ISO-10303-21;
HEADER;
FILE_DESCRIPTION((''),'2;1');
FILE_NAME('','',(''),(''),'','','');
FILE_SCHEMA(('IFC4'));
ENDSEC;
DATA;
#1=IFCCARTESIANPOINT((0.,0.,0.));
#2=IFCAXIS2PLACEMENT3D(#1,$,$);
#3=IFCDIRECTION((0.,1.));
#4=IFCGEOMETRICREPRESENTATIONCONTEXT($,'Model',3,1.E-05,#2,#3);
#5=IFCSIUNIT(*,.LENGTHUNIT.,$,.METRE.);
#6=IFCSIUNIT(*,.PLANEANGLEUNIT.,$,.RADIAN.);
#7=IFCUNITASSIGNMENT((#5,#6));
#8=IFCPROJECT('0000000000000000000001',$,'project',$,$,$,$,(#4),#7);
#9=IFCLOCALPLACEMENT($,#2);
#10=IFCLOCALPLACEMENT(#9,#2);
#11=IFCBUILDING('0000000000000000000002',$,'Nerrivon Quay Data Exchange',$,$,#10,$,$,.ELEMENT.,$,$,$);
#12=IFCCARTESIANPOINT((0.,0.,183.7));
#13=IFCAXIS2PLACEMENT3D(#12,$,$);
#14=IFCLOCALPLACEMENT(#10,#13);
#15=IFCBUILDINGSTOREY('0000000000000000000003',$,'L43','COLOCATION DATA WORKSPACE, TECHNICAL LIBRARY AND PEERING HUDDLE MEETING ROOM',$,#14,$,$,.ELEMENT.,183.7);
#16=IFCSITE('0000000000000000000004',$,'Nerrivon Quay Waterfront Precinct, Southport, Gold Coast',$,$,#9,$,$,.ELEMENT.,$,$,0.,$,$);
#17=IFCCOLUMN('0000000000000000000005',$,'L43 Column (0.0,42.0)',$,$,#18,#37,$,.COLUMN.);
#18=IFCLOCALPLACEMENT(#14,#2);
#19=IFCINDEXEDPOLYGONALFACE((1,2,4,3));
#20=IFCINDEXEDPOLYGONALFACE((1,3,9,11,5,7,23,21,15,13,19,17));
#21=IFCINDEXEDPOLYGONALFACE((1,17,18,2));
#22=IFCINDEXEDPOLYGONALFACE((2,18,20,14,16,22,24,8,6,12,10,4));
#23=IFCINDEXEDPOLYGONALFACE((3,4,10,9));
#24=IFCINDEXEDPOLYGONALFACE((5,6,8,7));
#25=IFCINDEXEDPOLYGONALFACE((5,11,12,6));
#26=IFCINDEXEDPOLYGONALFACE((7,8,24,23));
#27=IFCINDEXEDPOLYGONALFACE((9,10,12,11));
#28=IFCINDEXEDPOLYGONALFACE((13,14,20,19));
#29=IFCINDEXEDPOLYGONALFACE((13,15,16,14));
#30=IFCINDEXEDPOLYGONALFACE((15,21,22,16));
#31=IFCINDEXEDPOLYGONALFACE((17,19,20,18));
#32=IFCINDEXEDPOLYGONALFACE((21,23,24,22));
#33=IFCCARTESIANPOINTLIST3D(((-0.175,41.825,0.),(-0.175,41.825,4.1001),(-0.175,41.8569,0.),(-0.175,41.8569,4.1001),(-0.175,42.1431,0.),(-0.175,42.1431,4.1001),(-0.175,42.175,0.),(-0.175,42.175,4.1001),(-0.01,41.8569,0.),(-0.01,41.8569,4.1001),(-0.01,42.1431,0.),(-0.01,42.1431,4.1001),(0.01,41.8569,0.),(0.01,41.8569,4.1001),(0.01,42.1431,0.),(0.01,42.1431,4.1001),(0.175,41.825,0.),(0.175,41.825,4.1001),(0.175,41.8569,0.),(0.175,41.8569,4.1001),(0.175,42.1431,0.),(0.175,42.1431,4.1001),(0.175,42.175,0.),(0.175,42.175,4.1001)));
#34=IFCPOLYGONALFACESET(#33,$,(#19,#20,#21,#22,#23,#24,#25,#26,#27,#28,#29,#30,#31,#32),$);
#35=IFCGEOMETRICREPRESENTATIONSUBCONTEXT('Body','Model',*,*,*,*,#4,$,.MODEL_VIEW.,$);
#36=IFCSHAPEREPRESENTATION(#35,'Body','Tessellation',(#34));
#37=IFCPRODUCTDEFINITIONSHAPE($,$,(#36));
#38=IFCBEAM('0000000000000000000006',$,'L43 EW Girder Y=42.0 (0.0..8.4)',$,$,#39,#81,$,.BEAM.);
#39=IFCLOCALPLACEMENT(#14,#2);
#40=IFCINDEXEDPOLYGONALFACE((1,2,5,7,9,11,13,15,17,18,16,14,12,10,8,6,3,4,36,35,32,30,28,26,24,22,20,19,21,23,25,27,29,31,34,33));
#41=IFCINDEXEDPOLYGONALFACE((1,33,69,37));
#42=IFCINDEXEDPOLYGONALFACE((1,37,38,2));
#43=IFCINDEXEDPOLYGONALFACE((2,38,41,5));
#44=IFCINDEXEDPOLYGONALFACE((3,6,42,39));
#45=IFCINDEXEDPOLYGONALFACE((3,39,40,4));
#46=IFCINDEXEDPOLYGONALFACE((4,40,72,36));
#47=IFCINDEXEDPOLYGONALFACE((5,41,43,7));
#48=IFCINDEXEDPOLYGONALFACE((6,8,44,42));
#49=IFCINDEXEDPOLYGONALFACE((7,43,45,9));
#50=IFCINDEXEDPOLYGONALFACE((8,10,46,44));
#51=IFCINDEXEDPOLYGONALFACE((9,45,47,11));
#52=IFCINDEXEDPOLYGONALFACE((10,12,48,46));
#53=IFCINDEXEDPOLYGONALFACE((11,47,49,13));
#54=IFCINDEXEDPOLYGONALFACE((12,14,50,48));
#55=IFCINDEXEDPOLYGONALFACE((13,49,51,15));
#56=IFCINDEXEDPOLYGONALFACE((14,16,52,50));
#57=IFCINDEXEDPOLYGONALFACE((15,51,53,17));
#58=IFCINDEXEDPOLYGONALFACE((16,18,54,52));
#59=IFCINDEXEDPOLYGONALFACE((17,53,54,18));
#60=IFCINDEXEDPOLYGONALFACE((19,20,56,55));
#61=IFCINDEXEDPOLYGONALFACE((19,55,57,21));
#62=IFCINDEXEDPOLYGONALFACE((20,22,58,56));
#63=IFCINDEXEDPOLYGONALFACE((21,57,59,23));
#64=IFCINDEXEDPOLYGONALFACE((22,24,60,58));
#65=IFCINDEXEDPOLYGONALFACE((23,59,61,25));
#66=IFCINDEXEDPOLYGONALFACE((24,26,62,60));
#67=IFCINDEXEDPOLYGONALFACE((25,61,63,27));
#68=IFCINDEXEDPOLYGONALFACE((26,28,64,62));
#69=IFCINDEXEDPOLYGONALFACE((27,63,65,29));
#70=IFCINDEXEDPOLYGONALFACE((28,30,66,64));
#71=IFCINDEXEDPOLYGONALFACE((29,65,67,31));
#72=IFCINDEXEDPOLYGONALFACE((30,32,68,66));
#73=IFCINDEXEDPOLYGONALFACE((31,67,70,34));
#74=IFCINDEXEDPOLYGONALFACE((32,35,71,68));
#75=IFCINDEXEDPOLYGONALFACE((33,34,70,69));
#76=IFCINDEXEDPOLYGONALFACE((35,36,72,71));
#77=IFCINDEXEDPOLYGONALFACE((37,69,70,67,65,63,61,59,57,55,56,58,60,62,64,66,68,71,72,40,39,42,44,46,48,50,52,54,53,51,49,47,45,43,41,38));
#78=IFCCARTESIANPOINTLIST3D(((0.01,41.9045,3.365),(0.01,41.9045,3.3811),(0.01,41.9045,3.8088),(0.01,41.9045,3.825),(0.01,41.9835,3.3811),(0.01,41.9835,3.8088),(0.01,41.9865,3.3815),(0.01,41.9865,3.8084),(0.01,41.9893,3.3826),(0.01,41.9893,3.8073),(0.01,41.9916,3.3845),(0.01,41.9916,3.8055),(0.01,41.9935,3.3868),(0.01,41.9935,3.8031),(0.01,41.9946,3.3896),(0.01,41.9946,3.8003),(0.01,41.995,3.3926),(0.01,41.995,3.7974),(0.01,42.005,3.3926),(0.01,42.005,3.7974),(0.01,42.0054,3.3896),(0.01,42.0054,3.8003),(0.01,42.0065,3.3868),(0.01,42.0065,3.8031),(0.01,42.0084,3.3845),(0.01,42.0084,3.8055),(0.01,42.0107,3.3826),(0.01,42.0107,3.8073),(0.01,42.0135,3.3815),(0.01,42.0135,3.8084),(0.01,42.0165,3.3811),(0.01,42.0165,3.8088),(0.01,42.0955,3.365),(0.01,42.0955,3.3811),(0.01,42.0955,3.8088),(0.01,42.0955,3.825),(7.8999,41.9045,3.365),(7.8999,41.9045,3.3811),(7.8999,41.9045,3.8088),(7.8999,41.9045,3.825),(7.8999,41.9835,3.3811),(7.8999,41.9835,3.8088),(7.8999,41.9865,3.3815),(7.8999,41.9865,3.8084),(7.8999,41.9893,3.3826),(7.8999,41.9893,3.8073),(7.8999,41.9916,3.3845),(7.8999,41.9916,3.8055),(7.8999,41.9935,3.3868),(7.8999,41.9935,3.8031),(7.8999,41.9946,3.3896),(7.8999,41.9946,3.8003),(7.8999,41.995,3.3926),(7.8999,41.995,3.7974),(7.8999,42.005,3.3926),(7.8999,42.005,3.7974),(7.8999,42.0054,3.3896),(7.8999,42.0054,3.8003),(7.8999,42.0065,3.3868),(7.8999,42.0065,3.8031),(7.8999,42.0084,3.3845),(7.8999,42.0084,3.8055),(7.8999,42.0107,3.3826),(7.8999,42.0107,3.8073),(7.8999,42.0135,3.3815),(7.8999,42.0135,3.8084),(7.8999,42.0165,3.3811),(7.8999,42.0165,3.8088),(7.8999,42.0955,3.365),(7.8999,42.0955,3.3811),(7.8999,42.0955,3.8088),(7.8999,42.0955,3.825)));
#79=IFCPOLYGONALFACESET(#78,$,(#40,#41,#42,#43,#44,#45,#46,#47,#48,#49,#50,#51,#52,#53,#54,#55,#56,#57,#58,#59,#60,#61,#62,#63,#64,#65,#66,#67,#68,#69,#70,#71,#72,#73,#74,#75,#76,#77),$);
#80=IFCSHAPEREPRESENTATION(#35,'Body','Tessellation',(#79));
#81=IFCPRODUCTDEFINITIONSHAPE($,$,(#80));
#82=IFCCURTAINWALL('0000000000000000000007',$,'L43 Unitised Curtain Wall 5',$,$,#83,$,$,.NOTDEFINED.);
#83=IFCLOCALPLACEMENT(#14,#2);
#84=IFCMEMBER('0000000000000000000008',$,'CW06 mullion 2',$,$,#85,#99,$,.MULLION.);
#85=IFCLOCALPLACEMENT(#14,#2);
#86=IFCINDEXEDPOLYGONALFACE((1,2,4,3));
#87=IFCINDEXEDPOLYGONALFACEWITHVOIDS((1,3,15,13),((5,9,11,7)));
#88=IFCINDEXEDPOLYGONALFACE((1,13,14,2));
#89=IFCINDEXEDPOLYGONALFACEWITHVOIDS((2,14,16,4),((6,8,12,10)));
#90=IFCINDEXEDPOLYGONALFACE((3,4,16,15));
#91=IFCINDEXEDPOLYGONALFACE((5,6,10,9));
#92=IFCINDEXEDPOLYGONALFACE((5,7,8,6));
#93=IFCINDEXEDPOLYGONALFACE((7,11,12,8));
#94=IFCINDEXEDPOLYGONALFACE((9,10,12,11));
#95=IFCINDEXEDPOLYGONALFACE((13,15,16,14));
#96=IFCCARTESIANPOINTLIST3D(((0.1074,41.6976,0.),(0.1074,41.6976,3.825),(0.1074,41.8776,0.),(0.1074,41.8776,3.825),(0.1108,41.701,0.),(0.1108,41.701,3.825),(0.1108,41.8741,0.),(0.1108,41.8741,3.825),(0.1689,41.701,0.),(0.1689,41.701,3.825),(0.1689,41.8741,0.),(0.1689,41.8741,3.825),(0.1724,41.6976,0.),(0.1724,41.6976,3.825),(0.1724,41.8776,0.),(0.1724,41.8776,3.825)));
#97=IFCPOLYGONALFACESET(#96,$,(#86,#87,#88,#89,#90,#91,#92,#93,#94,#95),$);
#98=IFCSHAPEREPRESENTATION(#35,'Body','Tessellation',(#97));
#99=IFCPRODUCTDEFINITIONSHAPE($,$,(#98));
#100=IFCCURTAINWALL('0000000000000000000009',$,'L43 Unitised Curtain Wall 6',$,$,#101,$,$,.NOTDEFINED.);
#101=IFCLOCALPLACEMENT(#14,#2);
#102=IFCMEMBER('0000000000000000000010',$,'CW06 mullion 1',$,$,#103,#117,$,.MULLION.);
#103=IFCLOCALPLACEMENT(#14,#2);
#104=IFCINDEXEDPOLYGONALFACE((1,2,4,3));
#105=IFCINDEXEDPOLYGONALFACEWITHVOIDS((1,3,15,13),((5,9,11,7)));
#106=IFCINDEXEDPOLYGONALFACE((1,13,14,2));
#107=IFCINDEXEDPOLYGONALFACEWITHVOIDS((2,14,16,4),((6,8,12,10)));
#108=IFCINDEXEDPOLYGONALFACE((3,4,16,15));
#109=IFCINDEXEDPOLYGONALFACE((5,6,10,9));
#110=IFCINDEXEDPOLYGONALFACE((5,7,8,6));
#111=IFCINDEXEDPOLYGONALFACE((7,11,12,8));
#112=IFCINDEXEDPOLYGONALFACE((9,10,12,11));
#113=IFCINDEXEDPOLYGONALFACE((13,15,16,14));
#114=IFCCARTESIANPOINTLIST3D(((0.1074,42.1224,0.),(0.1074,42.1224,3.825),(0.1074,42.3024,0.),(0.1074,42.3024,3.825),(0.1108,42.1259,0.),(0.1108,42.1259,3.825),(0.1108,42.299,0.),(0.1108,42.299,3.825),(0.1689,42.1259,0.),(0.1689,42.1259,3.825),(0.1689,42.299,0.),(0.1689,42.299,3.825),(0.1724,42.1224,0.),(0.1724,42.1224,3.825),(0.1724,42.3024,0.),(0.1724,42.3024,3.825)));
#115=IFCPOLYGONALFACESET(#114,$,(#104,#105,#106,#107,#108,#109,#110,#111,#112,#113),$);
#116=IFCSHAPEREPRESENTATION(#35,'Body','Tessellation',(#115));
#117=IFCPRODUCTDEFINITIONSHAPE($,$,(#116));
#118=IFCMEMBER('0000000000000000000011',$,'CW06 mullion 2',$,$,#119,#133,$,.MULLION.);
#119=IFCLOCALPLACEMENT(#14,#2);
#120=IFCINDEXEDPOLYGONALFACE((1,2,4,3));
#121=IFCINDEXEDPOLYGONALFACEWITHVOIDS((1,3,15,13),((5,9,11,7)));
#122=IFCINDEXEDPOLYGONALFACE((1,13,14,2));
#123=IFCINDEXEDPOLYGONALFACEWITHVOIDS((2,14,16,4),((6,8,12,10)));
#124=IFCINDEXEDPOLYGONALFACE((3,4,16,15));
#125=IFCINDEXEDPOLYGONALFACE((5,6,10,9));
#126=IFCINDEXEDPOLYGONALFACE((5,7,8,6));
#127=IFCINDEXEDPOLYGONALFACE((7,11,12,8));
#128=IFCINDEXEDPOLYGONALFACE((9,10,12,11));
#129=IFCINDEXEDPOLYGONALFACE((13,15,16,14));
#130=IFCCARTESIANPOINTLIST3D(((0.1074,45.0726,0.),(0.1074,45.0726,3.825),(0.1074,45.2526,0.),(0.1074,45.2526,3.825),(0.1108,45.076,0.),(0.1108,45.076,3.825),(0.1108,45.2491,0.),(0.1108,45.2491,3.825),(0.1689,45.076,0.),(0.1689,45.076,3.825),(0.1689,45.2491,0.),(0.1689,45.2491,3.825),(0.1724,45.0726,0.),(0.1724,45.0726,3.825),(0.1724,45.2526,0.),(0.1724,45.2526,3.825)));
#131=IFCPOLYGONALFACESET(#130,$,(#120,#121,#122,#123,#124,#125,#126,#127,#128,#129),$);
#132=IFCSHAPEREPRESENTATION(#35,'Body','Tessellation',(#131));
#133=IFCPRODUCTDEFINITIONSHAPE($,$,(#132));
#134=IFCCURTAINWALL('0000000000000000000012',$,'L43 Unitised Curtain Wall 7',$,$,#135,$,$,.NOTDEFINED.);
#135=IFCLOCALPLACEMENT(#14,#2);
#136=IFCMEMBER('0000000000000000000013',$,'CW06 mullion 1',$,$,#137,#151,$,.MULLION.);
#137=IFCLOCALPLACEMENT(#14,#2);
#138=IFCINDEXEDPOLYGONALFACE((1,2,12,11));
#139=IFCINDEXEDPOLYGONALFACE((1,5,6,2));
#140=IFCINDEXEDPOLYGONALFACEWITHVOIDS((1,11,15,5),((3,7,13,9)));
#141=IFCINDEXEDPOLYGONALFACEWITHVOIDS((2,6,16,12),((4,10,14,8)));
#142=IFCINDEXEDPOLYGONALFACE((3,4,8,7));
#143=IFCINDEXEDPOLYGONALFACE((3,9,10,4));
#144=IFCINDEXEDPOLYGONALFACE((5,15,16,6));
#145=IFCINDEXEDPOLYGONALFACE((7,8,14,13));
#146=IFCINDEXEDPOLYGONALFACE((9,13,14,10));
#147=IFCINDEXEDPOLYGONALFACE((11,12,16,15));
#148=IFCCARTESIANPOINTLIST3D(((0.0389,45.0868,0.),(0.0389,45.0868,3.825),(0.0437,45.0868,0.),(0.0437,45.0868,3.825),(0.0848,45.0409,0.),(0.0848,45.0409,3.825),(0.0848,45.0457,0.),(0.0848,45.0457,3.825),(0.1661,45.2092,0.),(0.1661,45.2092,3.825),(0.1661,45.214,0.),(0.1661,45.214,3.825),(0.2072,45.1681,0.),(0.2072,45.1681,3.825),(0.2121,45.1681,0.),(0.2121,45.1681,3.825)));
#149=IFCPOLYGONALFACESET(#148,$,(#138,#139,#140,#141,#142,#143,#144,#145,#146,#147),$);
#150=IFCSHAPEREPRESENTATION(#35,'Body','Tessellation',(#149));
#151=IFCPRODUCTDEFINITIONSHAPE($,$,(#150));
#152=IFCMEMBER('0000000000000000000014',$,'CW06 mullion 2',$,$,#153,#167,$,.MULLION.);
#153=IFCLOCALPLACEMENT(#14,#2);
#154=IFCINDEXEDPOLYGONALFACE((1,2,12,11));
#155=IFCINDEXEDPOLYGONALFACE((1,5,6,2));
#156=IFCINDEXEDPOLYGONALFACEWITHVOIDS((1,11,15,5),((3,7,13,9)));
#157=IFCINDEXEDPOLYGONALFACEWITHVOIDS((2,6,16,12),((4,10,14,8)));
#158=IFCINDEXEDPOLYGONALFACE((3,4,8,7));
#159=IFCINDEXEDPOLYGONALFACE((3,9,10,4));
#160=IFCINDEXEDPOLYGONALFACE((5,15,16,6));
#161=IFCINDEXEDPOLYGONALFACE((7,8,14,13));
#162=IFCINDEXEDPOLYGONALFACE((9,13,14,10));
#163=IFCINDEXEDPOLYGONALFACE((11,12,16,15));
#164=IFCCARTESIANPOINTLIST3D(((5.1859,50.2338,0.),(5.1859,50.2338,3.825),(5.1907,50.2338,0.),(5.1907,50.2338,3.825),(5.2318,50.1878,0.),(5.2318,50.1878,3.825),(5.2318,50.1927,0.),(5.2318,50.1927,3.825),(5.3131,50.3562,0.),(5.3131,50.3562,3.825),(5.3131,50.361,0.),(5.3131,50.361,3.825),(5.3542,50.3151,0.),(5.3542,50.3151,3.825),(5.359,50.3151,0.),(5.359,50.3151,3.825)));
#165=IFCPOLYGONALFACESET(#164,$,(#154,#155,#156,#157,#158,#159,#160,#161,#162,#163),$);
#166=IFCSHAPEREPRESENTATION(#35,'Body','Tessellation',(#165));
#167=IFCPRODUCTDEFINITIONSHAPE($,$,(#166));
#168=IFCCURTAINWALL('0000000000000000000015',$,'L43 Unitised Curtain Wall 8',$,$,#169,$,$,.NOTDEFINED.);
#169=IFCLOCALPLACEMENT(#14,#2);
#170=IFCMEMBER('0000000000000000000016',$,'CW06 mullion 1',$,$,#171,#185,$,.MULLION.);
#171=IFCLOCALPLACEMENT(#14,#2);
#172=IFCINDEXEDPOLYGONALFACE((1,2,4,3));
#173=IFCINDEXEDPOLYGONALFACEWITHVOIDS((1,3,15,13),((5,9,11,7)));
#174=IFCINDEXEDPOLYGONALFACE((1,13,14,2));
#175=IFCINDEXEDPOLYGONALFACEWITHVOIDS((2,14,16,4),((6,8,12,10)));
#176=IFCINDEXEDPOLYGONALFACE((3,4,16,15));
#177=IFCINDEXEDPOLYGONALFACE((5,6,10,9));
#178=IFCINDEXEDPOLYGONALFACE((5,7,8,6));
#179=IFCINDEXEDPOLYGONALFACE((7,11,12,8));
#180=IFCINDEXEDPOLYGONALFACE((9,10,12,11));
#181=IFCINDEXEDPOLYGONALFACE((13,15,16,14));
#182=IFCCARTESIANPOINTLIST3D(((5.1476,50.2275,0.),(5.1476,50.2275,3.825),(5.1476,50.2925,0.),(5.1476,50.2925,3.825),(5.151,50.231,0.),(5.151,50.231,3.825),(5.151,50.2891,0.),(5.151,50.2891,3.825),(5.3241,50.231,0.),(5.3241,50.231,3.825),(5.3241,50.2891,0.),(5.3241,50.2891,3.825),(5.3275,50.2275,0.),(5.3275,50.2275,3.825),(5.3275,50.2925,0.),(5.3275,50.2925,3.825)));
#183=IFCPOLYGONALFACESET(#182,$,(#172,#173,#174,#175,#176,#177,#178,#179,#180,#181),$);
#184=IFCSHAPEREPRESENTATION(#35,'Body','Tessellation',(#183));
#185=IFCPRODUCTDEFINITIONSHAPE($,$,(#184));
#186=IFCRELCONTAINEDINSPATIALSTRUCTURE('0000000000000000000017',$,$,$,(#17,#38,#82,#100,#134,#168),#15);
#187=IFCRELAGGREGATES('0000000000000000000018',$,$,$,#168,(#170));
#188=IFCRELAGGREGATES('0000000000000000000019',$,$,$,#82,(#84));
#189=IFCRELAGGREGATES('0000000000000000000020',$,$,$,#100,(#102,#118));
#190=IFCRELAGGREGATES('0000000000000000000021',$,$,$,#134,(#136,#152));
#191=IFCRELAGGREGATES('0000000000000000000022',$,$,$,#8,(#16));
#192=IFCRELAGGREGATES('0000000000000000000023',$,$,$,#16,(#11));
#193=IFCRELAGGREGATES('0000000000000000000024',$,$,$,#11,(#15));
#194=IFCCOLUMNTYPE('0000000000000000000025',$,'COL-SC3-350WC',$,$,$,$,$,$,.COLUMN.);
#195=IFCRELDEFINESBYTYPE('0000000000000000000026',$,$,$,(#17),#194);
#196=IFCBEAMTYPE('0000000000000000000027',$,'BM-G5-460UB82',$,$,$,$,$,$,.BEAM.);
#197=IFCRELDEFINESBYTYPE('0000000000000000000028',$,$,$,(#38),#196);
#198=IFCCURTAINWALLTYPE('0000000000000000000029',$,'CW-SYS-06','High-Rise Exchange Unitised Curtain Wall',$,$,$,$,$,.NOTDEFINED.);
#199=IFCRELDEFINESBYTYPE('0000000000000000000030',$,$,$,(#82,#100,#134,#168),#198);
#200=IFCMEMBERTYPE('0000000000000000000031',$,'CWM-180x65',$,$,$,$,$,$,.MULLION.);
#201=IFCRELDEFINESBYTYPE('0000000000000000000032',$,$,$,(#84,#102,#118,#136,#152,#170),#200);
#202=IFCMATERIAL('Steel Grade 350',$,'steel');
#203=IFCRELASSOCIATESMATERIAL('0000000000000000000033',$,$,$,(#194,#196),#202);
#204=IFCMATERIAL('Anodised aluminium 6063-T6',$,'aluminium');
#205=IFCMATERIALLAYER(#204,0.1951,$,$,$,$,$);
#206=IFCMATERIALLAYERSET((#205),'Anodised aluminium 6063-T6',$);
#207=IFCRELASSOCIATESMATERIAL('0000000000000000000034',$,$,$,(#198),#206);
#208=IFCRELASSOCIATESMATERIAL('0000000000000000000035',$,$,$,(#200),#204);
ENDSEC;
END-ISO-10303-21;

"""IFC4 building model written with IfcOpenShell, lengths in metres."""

from ifc_helpers import new_model, si_unit, direction, frame, origin, origin_2d, place, context, subcontext, project, spatial, hollow_rectangle, i_section, extrude, material, layer, layer_set, material_profile, profile_set, type_object, element, aggregate, save


model = new_model("IFC4")

# Units and contexts
model_context = context("Model", 3, precision=1e-05, world=origin(), true_north=direction((0.0, 1.0)))
body_context = subcontext(model_context, "Body", "Model", "MODEL_VIEW")
ifc_project = project(units=[si_unit("LENGTHUNIT", "METRE"), si_unit("PLANEANGLEUNIT", "RADIAN")], contexts=[model_context])

# Site, building, storey
site_placement = place(None, origin())
site = spatial("IfcSite", under=ifc_project, at=site_placement, Name="Nerrivon Quay Waterfront Precinct, Southport, Gold Coast", CompositionType="ELEMENT", RefElevation=0.0)
building_placement = place(site_placement, origin())
building = spatial("IfcBuilding", under=site, at=building_placement, Name="Nerrivon Quay Data Exchange", CompositionType="ELEMENT")
storey_placement = place(building_placement, frame((0.0, 0.0, 183.7)))
storey = spatial("IfcBuildingStorey", under=building, at=storey_placement, Name="L43", Description="COLOCATION DATA WORKSPACE, TECHNICAL LIBRARY AND PEERING HUDDLE MEETING ROOM", CompositionType="ELEMENT", Elevation=183.7)

# Column
ifc_material_1 = material(Name="Steel Grade 350", Category="steel")
ifc_material_profile_1 = material_profile(ifc_material_1, i_section(OverallWidth=0.3501, OverallDepth=0.3501, WebThickness=0.02, FlangeThickness=0.032, at=origin_2d()), Name="350WC230")
ifc_profile_set_1 = profile_set([ifc_material_profile_1], Name="Steel Grade 350")
column_type = type_object("IfcColumnType", Name="COL-SC3-350WC", PredefinedType="COLUMN", material=ifc_profile_set_1)
column_placement = place(storey_placement, frame((0.0, 42.0, 0.0), z_axis=(0.0, 0.0, 1.0), x_axis=(1.0, 0.0, 0.0)))
element("IfcColumn", 1, at=column_placement, inside=storey, type_object=column_type, Name="L43 Column (0.0,42.0)", PredefinedType="COLUMN", context=body_context, shape_type="SweptSolid", body=[
    extrude(i_section(OverallWidth=0.3501, OverallDepth=0.3501, WebThickness=0.02, FlangeThickness=0.032, at=origin_2d()), origin(), (0.0, 0.0, 1.0), 4.1001),
])

# Beam
ifc_material_profile_2 = material_profile(ifc_material_1, i_section(OverallWidth=0.1909, OverallDepth=0.46, WebThickness=0.01, FlangeThickness=0.0161, FilletRadius=0.0115, at=origin_2d()), Name="460UB82.1")
ifc_profile_set_2 = profile_set([ifc_material_profile_2], Name="Steel Grade 350")
beam_type = type_object("IfcBeamType", Name="BM-G5-460UB82", PredefinedType="BEAM", material=ifc_profile_set_2)
beam_placement = place(storey_placement, frame((0.01, 42.0, 3.595), z_axis=(1.0, 0.0, 0.0), x_axis=(0.0, 1.0, 0.0)))
element("IfcBeam", 2, at=beam_placement, inside=storey, type_object=beam_type, Name="L43 EW Girder Y=42.0 (0.0..8.4)", PredefinedType="BEAM", context=body_context, shape_type="SweptSolid", body=[
    extrude(i_section(OverallWidth=0.1909, OverallDepth=0.46, WebThickness=0.01, FlangeThickness=0.0161, FilletRadius=0.0115, at=origin_2d()), origin(), (0.0, 0.0, 1.0), 7.8899),
])

# Curtain wall, member
ifc_material_2 = material(Name="Anodised aluminium 6063-T6", Category="aluminium")
ifc_layer_1 = layer(ifc_material_2, 0.1951)
ifc_layer_set_1 = layer_set([ifc_layer_1], Name="Anodised aluminium 6063-T6")
curtain_wall_type = type_object("IfcCurtainWallType", Name="CW-SYS-06", Description="High-Rise Exchange Unitised Curtain Wall", PredefinedType="NOTDEFINED", material=ifc_layer_set_1)
curtain_wall_1_placement = place(storey_placement, origin())
curtain_wall_1 = element("IfcCurtainWall", 3, at=curtain_wall_1_placement, inside=storey, type_object=curtain_wall_type, Name="L43 Unitised Curtain Wall 5", PredefinedType="NOTDEFINED")
ifc_material_profile_3 = material_profile(ifc_material_2, hollow_rectangle(XDim=0.0649, YDim=0.1799, WallThickness=0.0034, at=origin_2d()), Name="ALU-MULL-180x65")
ifc_profile_set_3 = profile_set([ifc_material_profile_3], Name="Anodised aluminium 6063-T6")
member_type_1 = type_object("IfcMemberType", Name="CWM-180x65", PredefinedType="MULLION", material=ifc_profile_set_3)
member_1_placement = place(storey_placement, frame((0.1399, 41.7876, 0.0), z_axis=(0.0, 0.0, 1.0), x_axis=(-1.0, 0.0, 0.0)))
member_1 = element("IfcMember", 4, at=member_1_placement, type_object=member_type_1, Name="CW06 mullion 2", PredefinedType="MULLION", context=body_context, shape_type="SweptSolid", body=[
    extrude(hollow_rectangle(XDim=0.0649, YDim=0.1799, WallThickness=0.0034, at=origin_2d()), origin(), (0.0, 0.0, 1.0), 3.825),
])

# Curtain walls, members
curtain_wall_2_placement = place(storey_placement, origin())
curtain_wall_2 = element("IfcCurtainWall", 5, at=curtain_wall_2_placement, inside=storey, type_object=curtain_wall_type, Name="L43 Unitised Curtain Wall 6", PredefinedType="NOTDEFINED")
member_2_placement = place(storey_placement, frame((0.1399, 42.2124, 0.0), z_axis=(0.0, 0.0, 1.0), x_axis=(-1.0, 0.0, 0.0)))
member_2 = element("IfcMember", 6, at=member_2_placement, type_object=member_type_1, Name="CW06 mullion 1", PredefinedType="MULLION", context=body_context, shape_type="SweptSolid", body=[
    extrude(hollow_rectangle(XDim=0.0649, YDim=0.1799, WallThickness=0.0034, at=origin_2d()), origin(), (0.0, 0.0, 1.0), 3.825),
])
member_3_placement = place(storey_placement, frame((0.1399, 45.1626, 0.0), z_axis=(0.0, 0.0, 1.0), x_axis=(-1.0, 0.0, 0.0)))
member_3 = element("IfcMember", 7, at=member_3_placement, type_object=member_type_1, Name="CW06 mullion 2", PredefinedType="MULLION", context=body_context, shape_type="SweptSolid", body=[
    extrude(hollow_rectangle(XDim=0.0649, YDim=0.1799, WallThickness=0.0034, at=origin_2d()), origin(), (0.0, 0.0, 1.0), 3.825),
])
curtain_wall_3_placement = place(storey_placement, origin())
curtain_wall_3 = element("IfcCurtainWall", 8, at=curtain_wall_3_placement, inside=storey, type_object=curtain_wall_type, Name="L43 Unitised Curtain Wall 7", PredefinedType="NOTDEFINED")
member_4_placement = place(storey_placement, frame((0.1255, 45.1274, 0.0), z_axis=(0.0, 0.0, 1.0), x_axis=(-0.707107, 0.707107, 0.0)))
member_4 = element("IfcMember", 9, at=member_4_placement, type_object=member_type_1, Name="CW06 mullion 1", PredefinedType="MULLION", context=body_context, shape_type="SweptSolid", body=[
    extrude(hollow_rectangle(XDim=0.0649, YDim=0.1799, WallThickness=0.0034, at=origin_2d()), origin(), (0.0, 0.0, 1.0), 3.825),
])
member_5_placement = place(storey_placement, frame((5.2725, 50.2744, 0.0), z_axis=(0.0, 0.0, 1.0), x_axis=(-0.707107, 0.707107, 0.0)))
member_5 = element("IfcMember", 10, at=member_5_placement, type_object=member_type_1, Name="CW06 mullion 2", PredefinedType="MULLION", context=body_context, shape_type="SweptSolid", body=[
    extrude(hollow_rectangle(XDim=0.0649, YDim=0.1799, WallThickness=0.0034, at=origin_2d()), origin(), (0.0, 0.0, 1.0), 3.825),
])

# Curtain wall, member
curtain_wall_4_placement = place(storey_placement, origin())
curtain_wall_4 = element("IfcCurtainWall", 11, at=curtain_wall_4_placement, inside=storey, type_object=curtain_wall_type, Name="L43 Unitised Curtain Wall 8", PredefinedType="NOTDEFINED")
member_6_placement = place(storey_placement, frame((5.2375, 50.26, 0.0), z_axis=(0.0, 0.0, 1.0), x_axis=(0.0, 1.0, 0.0)))
member_6 = element("IfcMember", 12, at=member_6_placement, type_object=member_type_1, Name="CW06 mullion 1", PredefinedType="MULLION", context=body_context, shape_type="SweptSolid", body=[
    extrude(hollow_rectangle(XDim=0.0649, YDim=0.1799, WallThickness=0.0034, at=origin_2d()), origin(), (0.0, 0.0, 1.0), 3.825),
])

aggregate(curtain_wall_4, [member_6])

aggregate(curtain_wall_1, [member_1])
aggregate(curtain_wall_2, [member_2, member_3])
aggregate(curtain_wall_3, [member_4, member_5])

save(model, "model.ifc")
